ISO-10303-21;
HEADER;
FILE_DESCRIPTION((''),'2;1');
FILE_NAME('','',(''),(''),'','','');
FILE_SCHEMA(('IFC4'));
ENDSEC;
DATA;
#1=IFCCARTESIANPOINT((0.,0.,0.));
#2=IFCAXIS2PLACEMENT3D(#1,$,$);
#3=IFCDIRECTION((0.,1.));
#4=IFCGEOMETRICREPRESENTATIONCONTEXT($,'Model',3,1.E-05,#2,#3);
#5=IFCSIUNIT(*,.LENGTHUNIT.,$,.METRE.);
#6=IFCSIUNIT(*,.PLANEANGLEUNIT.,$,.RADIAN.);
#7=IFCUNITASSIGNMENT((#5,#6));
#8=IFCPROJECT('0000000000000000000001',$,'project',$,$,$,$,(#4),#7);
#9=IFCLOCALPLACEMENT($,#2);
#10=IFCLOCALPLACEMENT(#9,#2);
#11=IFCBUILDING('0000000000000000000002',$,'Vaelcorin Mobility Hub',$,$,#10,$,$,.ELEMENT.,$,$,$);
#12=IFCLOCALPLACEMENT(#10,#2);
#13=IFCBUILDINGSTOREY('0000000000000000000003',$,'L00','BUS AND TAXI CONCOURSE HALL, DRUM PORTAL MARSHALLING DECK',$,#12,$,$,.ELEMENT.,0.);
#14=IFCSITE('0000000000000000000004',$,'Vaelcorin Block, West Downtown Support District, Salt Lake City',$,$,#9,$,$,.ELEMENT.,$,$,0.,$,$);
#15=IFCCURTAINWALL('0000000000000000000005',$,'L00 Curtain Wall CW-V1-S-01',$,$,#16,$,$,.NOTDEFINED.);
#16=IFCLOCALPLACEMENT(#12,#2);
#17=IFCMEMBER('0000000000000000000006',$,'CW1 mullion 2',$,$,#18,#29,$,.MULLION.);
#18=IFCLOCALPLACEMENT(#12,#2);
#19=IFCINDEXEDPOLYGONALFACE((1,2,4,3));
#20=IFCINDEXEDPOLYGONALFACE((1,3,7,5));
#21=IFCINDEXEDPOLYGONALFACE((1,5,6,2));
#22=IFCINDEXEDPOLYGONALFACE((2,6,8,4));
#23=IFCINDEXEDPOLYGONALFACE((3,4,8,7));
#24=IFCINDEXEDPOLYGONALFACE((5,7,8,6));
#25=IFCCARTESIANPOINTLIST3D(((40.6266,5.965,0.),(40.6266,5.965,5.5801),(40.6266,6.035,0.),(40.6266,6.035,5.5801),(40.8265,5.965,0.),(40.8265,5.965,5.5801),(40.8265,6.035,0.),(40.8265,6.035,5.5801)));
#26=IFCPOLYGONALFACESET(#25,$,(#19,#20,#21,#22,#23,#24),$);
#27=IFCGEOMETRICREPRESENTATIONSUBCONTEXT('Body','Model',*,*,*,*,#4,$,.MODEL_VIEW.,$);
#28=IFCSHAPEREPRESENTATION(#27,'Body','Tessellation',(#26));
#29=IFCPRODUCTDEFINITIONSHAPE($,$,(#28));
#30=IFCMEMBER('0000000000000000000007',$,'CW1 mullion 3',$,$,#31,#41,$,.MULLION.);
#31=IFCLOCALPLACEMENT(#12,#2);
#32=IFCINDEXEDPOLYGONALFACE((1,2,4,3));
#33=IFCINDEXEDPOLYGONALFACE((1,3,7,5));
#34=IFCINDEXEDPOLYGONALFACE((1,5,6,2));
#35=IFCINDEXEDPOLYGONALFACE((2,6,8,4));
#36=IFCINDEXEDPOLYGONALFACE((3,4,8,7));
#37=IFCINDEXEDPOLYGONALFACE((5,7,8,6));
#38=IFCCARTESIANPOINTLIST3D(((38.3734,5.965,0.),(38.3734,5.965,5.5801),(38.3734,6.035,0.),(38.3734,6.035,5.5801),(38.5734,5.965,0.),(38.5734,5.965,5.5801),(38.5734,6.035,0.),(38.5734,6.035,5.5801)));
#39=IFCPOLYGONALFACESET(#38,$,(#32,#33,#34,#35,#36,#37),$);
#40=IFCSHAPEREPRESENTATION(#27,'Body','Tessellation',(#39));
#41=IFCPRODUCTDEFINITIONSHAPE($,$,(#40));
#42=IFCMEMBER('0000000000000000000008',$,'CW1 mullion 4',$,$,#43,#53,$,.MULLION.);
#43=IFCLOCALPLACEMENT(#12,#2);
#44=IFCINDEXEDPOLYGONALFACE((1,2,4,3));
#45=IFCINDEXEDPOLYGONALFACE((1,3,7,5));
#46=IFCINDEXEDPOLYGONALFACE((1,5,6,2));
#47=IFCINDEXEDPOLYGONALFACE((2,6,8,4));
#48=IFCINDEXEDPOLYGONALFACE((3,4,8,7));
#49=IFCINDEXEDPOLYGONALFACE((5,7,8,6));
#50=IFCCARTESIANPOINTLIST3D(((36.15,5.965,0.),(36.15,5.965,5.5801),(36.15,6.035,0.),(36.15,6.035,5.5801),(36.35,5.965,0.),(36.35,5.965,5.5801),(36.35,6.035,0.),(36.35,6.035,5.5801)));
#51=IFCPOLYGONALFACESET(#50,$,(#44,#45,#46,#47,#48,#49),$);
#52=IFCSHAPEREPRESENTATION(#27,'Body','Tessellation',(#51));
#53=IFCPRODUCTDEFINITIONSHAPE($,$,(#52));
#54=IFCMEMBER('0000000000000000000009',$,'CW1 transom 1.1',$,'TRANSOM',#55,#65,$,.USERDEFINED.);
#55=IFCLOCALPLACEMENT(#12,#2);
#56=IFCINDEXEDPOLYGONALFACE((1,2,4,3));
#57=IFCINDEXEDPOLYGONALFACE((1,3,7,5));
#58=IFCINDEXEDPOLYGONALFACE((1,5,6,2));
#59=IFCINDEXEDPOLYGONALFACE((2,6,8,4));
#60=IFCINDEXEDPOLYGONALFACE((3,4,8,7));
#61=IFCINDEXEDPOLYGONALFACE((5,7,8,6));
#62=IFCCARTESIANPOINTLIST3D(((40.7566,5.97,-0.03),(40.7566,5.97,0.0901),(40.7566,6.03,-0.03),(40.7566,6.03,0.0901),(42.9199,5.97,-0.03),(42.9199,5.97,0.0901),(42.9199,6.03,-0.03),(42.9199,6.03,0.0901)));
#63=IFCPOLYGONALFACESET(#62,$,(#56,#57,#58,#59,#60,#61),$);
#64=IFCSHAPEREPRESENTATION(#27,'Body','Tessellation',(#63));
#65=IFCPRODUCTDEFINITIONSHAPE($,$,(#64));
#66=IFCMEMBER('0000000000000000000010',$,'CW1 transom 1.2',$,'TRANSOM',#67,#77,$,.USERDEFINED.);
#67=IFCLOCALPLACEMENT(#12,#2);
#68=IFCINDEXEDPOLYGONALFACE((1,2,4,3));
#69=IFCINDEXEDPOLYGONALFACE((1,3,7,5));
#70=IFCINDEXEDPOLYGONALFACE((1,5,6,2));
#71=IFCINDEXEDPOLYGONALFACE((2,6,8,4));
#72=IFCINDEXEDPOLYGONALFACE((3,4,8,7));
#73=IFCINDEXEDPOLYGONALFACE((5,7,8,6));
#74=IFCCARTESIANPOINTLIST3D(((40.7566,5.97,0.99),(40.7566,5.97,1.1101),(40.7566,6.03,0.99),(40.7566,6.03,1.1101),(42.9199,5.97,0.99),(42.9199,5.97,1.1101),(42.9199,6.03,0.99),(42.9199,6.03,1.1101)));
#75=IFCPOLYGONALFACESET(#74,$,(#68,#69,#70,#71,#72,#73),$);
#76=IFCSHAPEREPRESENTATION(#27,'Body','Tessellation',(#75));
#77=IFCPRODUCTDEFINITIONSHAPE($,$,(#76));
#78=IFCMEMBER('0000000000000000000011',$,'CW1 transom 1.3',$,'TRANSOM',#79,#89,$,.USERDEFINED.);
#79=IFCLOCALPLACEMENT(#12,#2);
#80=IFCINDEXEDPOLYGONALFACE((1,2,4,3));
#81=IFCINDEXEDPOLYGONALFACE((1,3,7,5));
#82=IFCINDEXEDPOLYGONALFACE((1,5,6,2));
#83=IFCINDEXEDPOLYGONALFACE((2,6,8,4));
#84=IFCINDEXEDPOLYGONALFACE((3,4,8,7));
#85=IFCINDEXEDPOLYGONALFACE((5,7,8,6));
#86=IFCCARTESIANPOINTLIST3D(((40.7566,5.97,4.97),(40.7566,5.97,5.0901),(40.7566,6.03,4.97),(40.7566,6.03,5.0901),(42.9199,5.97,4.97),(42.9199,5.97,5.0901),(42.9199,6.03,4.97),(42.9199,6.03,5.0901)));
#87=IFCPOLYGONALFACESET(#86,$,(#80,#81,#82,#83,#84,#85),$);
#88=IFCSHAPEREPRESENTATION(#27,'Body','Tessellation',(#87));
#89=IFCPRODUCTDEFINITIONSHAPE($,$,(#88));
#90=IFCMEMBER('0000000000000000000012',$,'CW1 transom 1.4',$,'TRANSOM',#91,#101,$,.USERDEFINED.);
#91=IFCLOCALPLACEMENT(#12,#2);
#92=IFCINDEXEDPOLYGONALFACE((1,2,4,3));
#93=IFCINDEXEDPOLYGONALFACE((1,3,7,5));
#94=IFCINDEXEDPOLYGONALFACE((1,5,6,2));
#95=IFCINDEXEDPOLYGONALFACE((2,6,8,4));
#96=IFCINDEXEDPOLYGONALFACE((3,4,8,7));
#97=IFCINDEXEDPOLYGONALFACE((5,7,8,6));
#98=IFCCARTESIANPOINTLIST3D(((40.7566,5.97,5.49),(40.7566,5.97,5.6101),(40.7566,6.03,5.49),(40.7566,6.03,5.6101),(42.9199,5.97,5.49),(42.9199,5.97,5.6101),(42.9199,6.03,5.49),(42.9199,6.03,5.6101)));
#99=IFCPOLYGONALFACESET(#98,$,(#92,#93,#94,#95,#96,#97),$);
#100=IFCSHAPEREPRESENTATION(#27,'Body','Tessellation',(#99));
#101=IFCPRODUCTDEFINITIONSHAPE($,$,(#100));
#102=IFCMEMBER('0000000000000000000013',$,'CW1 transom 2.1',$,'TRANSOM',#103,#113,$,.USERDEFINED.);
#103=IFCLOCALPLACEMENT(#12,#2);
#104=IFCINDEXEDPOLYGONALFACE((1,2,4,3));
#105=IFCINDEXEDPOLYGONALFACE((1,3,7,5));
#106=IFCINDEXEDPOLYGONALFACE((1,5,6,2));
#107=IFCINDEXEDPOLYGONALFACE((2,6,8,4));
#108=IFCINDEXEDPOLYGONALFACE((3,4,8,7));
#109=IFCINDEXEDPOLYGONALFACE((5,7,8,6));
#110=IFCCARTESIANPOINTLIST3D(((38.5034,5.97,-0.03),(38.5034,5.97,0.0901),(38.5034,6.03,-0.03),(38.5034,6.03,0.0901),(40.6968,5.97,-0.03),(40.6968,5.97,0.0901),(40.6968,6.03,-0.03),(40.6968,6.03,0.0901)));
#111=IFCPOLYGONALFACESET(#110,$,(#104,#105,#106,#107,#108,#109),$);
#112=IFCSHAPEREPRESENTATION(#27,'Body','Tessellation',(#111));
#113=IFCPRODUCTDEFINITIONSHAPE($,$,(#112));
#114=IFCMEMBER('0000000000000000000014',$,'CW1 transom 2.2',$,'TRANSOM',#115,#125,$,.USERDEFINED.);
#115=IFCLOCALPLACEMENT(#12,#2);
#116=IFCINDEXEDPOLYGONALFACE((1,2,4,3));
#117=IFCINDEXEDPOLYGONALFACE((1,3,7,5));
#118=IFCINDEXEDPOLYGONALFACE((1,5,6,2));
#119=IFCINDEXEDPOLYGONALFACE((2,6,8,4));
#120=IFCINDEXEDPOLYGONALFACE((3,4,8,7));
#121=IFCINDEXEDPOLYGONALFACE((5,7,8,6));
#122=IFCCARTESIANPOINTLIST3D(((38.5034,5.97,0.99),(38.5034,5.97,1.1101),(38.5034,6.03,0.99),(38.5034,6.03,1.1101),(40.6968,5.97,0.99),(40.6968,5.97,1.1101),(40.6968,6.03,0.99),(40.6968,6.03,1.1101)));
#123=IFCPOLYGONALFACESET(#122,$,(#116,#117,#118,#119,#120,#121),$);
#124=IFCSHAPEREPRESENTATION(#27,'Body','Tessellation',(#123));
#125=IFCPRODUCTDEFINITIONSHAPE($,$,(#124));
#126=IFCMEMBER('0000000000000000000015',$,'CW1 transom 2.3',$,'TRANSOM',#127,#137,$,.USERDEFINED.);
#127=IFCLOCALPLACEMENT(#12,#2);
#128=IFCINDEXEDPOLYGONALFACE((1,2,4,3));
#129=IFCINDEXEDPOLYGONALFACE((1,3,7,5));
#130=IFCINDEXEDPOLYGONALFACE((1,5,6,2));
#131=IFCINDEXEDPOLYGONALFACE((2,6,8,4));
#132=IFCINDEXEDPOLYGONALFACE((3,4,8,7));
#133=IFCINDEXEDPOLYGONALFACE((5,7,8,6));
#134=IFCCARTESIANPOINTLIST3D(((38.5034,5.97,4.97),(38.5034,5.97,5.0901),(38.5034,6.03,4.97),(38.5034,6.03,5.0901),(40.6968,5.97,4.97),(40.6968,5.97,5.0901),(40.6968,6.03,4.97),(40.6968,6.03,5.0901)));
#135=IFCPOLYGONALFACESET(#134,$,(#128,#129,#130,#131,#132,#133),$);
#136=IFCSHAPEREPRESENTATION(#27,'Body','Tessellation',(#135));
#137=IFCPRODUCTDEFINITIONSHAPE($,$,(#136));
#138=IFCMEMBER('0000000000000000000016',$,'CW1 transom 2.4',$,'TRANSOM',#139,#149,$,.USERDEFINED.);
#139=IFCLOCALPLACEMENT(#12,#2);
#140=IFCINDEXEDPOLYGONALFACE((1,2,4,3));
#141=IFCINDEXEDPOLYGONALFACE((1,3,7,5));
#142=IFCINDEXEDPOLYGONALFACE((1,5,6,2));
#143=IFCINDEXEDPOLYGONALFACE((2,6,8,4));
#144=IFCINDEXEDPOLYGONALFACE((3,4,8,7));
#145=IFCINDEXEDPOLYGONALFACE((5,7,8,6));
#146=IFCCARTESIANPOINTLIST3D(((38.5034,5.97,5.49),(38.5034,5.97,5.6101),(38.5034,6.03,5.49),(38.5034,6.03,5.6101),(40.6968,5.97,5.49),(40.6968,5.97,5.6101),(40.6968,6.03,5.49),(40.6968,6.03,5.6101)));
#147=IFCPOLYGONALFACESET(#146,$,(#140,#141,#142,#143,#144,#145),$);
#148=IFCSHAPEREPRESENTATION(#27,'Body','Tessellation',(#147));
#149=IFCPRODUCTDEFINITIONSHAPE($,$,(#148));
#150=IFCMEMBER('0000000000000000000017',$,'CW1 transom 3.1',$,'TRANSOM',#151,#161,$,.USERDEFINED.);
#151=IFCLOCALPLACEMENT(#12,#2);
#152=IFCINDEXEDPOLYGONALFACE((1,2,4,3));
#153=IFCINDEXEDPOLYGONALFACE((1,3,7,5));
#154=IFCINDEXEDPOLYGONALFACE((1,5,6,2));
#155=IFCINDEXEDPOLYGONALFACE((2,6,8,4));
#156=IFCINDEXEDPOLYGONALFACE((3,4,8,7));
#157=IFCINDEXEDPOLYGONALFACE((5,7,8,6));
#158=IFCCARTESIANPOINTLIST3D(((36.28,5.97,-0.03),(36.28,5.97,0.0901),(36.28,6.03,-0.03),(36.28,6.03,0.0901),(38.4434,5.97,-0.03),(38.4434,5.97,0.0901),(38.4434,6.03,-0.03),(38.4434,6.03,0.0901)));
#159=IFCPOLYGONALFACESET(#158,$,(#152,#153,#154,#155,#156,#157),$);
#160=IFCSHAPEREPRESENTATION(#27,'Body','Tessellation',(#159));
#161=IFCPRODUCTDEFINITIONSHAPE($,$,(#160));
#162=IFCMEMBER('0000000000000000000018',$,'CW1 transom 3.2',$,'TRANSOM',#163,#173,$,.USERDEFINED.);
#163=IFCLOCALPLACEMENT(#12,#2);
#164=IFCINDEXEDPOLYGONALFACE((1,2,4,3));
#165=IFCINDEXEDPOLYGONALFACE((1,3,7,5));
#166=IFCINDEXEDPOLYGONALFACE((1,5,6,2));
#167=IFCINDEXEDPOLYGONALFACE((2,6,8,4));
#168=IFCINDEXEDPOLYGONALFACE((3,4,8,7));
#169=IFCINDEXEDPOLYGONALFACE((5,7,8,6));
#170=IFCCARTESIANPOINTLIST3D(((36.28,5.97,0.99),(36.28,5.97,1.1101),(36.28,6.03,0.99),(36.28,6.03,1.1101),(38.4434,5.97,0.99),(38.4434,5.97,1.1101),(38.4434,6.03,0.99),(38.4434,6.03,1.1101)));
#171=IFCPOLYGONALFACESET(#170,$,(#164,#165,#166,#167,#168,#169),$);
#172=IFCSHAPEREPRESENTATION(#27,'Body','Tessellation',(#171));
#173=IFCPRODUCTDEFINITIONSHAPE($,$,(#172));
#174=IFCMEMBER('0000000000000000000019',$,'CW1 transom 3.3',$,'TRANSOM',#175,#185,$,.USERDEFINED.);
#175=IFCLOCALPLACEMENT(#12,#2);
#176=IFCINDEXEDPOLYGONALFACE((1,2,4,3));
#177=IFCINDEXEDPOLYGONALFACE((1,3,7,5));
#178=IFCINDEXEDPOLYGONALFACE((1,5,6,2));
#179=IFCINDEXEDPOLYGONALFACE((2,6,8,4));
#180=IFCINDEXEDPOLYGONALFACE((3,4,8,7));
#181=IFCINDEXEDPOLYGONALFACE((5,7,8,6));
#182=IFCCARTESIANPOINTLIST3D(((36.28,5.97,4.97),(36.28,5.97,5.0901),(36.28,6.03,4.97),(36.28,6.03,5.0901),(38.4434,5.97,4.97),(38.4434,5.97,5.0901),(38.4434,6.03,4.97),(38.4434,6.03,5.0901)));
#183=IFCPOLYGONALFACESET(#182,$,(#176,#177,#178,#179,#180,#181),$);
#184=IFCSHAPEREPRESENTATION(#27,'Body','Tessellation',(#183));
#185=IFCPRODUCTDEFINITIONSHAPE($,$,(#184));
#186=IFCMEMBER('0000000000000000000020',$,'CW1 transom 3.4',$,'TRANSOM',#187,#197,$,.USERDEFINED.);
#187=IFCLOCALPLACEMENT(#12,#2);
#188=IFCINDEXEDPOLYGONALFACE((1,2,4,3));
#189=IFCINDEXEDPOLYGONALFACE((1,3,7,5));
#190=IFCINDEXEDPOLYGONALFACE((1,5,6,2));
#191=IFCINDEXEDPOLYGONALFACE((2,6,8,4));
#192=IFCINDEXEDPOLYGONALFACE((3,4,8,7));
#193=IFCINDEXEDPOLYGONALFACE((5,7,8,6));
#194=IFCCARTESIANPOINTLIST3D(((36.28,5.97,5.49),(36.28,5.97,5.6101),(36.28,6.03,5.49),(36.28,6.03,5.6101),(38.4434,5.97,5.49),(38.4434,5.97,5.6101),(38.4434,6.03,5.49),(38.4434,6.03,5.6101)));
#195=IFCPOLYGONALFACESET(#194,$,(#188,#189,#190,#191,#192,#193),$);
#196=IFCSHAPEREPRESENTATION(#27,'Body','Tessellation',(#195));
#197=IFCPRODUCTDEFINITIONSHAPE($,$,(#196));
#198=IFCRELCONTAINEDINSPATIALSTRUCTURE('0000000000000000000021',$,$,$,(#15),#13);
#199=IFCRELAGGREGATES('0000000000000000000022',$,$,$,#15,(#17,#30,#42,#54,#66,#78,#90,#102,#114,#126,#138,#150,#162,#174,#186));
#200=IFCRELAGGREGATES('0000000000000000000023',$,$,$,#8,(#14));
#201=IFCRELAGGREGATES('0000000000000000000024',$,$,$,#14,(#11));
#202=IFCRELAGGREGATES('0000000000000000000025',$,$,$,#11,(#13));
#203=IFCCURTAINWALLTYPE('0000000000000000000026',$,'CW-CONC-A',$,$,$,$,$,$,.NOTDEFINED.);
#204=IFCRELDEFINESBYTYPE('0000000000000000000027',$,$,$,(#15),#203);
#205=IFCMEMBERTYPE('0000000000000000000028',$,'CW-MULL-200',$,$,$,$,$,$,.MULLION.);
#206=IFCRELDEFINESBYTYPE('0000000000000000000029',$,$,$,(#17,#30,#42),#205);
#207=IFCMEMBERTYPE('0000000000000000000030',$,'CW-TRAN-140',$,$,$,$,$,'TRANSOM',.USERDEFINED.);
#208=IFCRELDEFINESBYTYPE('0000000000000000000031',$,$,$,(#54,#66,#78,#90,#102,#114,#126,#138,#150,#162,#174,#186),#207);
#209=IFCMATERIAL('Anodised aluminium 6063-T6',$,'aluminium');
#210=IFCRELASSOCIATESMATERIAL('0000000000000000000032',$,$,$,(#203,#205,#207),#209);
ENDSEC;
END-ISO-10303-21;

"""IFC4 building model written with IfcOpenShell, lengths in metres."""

from ifc_helpers import new_model, si_unit, direction, frame, origin, origin_2d, place, context, subcontext, project, spatial, rectangle, extrude, material, material_profile, profile_set, type_object, element, aggregate, save


model = new_model("IFC4")

# Units and contexts
model_context = context("Model", 3, precision=1e-05, world=origin(), true_north=direction((0.0, 1.0)))
body_context = subcontext(model_context, "Body", "Model", "MODEL_VIEW")
ifc_project = project(units=[si_unit("LENGTHUNIT", "METRE"), si_unit("PLANEANGLEUNIT", "RADIAN")], contexts=[model_context])

# Site, building, storey
site_placement = place(None, origin())
site = spatial("IfcSite", under=ifc_project, at=site_placement, Name="Vaelcorin Block, West Downtown Support District, Salt Lake City", CompositionType="ELEMENT", RefElevation=0.0)
building_placement = place(site_placement, origin())
building = spatial("IfcBuilding", under=site, at=building_placement, Name="Vaelcorin Mobility Hub", CompositionType="ELEMENT")
storey_placement = place(building_placement, origin())
storey = spatial("IfcBuildingStorey", under=building, at=storey_placement, Name="L00", Description="BUS AND TAXI CONCOURSE HALL, DRUM PORTAL MARSHALLING DECK", CompositionType="ELEMENT", Elevation=0.0)

# Curtain wall, members
ifc_material_1 = material(Name="Anodised aluminium 6063-T6", Category="aluminium")
curtain_wall_type = type_object("IfcCurtainWallType", Name="CW-CONC-A", PredefinedType="NOTDEFINED", material=ifc_material_1)
curtain_wall_placement = place(storey_placement, origin())
curtain_wall = element("IfcCurtainWall", 1, at=curtain_wall_placement, inside=storey, type_object=curtain_wall_type, Name="L00 Curtain Wall CW-V1-S-01", PredefinedType="NOTDEFINED")
ifc_material_profile_1 = material_profile(ifc_material_1, rectangle(XDim=0.0701, YDim=0.2, at=origin_2d()), Name="ALU-M70X200")
ifc_profile_set_1 = profile_set([ifc_material_profile_1], Name="Anodised aluminium 6063-T6")
member_type_1 = type_object("IfcMemberType", Name="CW-MULL-200", PredefinedType="MULLION", material=ifc_profile_set_1)
member_1_placement = place(storey_placement, frame((40.7266, 6.0, 0.0), z_axis=(0.0, 0.0, 1.0), x_axis=(0.0, -1.0, 0.0)))
member_1 = element("IfcMember", 2, at=member_1_placement, type_object=member_type_1, Name="CW1 mullion 2", PredefinedType="MULLION", context=body_context, shape_type="SweptSolid", body=[
    extrude(rectangle(XDim=0.0701, YDim=0.2, at=origin_2d()), origin(), (0.0, 0.0, 1.0), 5.5801),
])
member_2_placement = place(storey_placement, frame((38.4734, 6.0, 0.0), z_axis=(0.0, 0.0, 1.0), x_axis=(0.0, -1.0, 0.0)))
member_2 = element("IfcMember", 3, at=member_2_placement, type_object=member_type_1, Name="CW1 mullion 3", PredefinedType="MULLION", context=body_context, shape_type="SweptSolid", body=[
    extrude(rectangle(XDim=0.0701, YDim=0.2, at=origin_2d()), origin(), (0.0, 0.0, 1.0), 5.5801),
])
member_3_placement = place(storey_placement, frame((36.25, 6.0, 0.0), z_axis=(0.0, 0.0, 1.0), x_axis=(0.0, -1.0, 0.0)))
member_3 = element("IfcMember", 4, at=member_3_placement, type_object=member_type_1, Name="CW1 mullion 4", PredefinedType="MULLION", context=body_context, shape_type="SweptSolid", body=[
    extrude(rectangle(XDim=0.0701, YDim=0.2, at=origin_2d()), origin(), (0.0, 0.0, 1.0), 5.5801),
])
ifc_material_profile_2 = material_profile(ifc_material_1, rectangle(XDim=0.0601, YDim=0.1201, at=origin_2d()), Name="ALU-T60X120")
ifc_profile_set_2 = profile_set([ifc_material_profile_2], Name="Anodised aluminium 6063-T6")
member_type_2 = type_object("IfcMemberType", Name="CW-TRAN-140", ElementType="TRANSOM", PredefinedType="USERDEFINED", material=ifc_profile_set_2)
member_4_placement = place(storey_placement, frame((42.9199, 6.0, 0.03), z_axis=(-1.0, 0.0, 0.0), x_axis=(0.0, -1.0, 0.0)))
member_4 = element("IfcMember", 5, at=member_4_placement, type_object=member_type_2, Name="CW1 transom 1.1", ObjectType="TRANSOM", PredefinedType="USERDEFINED", context=body_context, shape_type="SweptSolid", body=[
    extrude(rectangle(XDim=0.0601, YDim=0.1201, at=origin_2d()), origin(), (0.0, 0.0, 1.0), 2.1633),
])
member_5_placement = place(storey_placement, frame((42.9199, 6.0, 1.05), z_axis=(-1.0, 0.0, 0.0), x_axis=(0.0, -1.0, 0.0)))
member_5 = element("IfcMember", 6, at=member_5_placement, type_object=member_type_2, Name="CW1 transom 1.2", ObjectType="TRANSOM", PredefinedType="USERDEFINED", context=body_context, shape_type="SweptSolid", body=[
    extrude(rectangle(XDim=0.0601, YDim=0.1201, at=origin_2d()), origin(), (0.0, 0.0, 1.0), 2.1633),
])
member_6_placement = place(storey_placement, frame((42.9199, 6.0, 5.03), z_axis=(-1.0, 0.0, 0.0), x_axis=(0.0, -1.0, 0.0)))
member_6 = element("IfcMember", 7, at=member_6_placement, type_object=member_type_2, Name="CW1 transom 1.3", ObjectType="TRANSOM", PredefinedType="USERDEFINED", context=body_context, shape_type="SweptSolid", body=[
    extrude(rectangle(XDim=0.0601, YDim=0.1201, at=origin_2d()), origin(), (0.0, 0.0, 1.0), 2.1633),
])
member_7_placement = place(storey_placement, frame((42.9199, 6.0, 5.55), z_axis=(-1.0, 0.0, 0.0), x_axis=(0.0, -1.0, 0.0)))
member_7 = element("IfcMember", 8, at=member_7_placement, type_object=member_type_2, Name="CW1 transom 1.4", ObjectType="TRANSOM", PredefinedType="USERDEFINED", context=body_context, shape_type="SweptSolid", body=[
    extrude(rectangle(XDim=0.0601, YDim=0.1201, at=origin_2d()), origin(), (0.0, 0.0, 1.0), 2.1633),
])
member_8_placement = place(storey_placement, frame((40.6968, 6.0, 0.03), z_axis=(-1.0, 0.0, 0.0), x_axis=(0.0, -1.0, 0.0)))
member_8 = element("IfcMember", 9, at=member_8_placement, type_object=member_type_2, Name="CW1 transom 2.1", ObjectType="TRANSOM", PredefinedType="USERDEFINED", context=body_context, shape_type="SweptSolid", body=[
    extrude(rectangle(XDim=0.0601, YDim=0.1201, at=origin_2d()), origin(), (0.0, 0.0, 1.0), 2.1934),
])
member_9_placement = place(storey_placement, frame((40.6968, 6.0, 1.05), z_axis=(-1.0, 0.0, 0.0), x_axis=(0.0, -1.0, 0.0)))
member_9 = element("IfcMember", 10, at=member_9_placement, type_object=member_type_2, Name="CW1 transom 2.2", ObjectType="TRANSOM", PredefinedType="USERDEFINED", context=body_context, shape_type="SweptSolid", body=[
    extrude(rectangle(XDim=0.0601, YDim=0.1201, at=origin_2d()), origin(), (0.0, 0.0, 1.0), 2.1934),
])
member_10_placement = place(storey_placement, frame((40.6968, 6.0, 5.03), z_axis=(-1.0, 0.0, 0.0), x_axis=(0.0, -1.0, 0.0)))
member_10 = element("IfcMember", 11, at=member_10_placement, type_object=member_type_2, Name="CW1 transom 2.3", ObjectType="TRANSOM", PredefinedType="USERDEFINED", context=body_context, shape_type="SweptSolid", body=[
    extrude(rectangle(XDim=0.0601, YDim=0.1201, at=origin_2d()), origin(), (0.0, 0.0, 1.0), 2.1934),
])
member_11_placement = place(storey_placement, frame((40.6968, 6.0, 5.55), z_axis=(-1.0, 0.0, 0.0), x_axis=(0.0, -1.0, 0.0)))
member_11 = element("IfcMember", 12, at=member_11_placement, type_object=member_type_2, Name="CW1 transom 2.4", ObjectType="TRANSOM", PredefinedType="USERDEFINED", context=body_context, shape_type="SweptSolid", body=[
    extrude(rectangle(XDim=0.0601, YDim=0.1201, at=origin_2d()), origin(), (0.0, 0.0, 1.0), 2.1934),
])
member_12_placement = place(storey_placement, frame((38.4434, 6.0, 0.03), z_axis=(-1.0, 0.0, 0.0), x_axis=(0.0, -1.0, 0.0)))
member_12 = element("IfcMember", 13, at=member_12_placement, type_object=member_type_2, Name="CW1 transom 3.1", ObjectType="TRANSOM", PredefinedType="USERDEFINED", context=body_context, shape_type="SweptSolid", body=[
    extrude(rectangle(XDim=0.0601, YDim=0.1201, at=origin_2d()), origin(), (0.0, 0.0, 1.0), 2.1633),
])
member_13_placement = place(storey_placement, frame((38.4434, 6.0, 1.05), z_axis=(-1.0, 0.0, 0.0), x_axis=(0.0, -1.0, 0.0)))
member_13 = element("IfcMember", 14, at=member_13_placement, type_object=member_type_2, Name="CW1 transom 3.2", ObjectType="TRANSOM", PredefinedType="USERDEFINED", context=body_context, shape_type="SweptSolid", body=[
    extrude(rectangle(XDim=0.0601, YDim=0.1201, at=origin_2d()), origin(), (0.0, 0.0, 1.0), 2.1633),
])
member_14_placement = place(storey_placement, frame((38.4434, 6.0, 5.03), z_axis=(-1.0, 0.0, 0.0), x_axis=(0.0, -1.0, 0.0)))
member_14 = element("IfcMember", 15, at=member_14_placement, type_object=member_type_2, Name="CW1 transom 3.3", ObjectType="TRANSOM", PredefinedType="USERDEFINED", context=body_context, shape_type="SweptSolid", body=[
    extrude(rectangle(XDim=0.0601, YDim=0.1201, at=origin_2d()), origin(), (0.0, 0.0, 1.0), 2.1633),
])
member_15_placement = place(storey_placement, frame((38.4434, 6.0, 5.55), z_axis=(-1.0, 0.0, 0.0), x_axis=(0.0, -1.0, 0.0)))
member_15 = element("IfcMember", 16, at=member_15_placement, type_object=member_type_2, Name="CW1 transom 3.4", ObjectType="TRANSOM", PredefinedType="USERDEFINED", context=body_context, shape_type="SweptSolid", body=[
    extrude(rectangle(XDim=0.0601, YDim=0.1201, at=origin_2d()), origin(), (0.0, 0.0, 1.0), 2.1633),
])
aggregate(curtain_wall, [member_1, member_2, member_3, member_4, member_5, member_6, member_7, member_8, member_9, member_10, member_11, member_12, member_13, member_14, member_15])

save(model, "model.ifc")
